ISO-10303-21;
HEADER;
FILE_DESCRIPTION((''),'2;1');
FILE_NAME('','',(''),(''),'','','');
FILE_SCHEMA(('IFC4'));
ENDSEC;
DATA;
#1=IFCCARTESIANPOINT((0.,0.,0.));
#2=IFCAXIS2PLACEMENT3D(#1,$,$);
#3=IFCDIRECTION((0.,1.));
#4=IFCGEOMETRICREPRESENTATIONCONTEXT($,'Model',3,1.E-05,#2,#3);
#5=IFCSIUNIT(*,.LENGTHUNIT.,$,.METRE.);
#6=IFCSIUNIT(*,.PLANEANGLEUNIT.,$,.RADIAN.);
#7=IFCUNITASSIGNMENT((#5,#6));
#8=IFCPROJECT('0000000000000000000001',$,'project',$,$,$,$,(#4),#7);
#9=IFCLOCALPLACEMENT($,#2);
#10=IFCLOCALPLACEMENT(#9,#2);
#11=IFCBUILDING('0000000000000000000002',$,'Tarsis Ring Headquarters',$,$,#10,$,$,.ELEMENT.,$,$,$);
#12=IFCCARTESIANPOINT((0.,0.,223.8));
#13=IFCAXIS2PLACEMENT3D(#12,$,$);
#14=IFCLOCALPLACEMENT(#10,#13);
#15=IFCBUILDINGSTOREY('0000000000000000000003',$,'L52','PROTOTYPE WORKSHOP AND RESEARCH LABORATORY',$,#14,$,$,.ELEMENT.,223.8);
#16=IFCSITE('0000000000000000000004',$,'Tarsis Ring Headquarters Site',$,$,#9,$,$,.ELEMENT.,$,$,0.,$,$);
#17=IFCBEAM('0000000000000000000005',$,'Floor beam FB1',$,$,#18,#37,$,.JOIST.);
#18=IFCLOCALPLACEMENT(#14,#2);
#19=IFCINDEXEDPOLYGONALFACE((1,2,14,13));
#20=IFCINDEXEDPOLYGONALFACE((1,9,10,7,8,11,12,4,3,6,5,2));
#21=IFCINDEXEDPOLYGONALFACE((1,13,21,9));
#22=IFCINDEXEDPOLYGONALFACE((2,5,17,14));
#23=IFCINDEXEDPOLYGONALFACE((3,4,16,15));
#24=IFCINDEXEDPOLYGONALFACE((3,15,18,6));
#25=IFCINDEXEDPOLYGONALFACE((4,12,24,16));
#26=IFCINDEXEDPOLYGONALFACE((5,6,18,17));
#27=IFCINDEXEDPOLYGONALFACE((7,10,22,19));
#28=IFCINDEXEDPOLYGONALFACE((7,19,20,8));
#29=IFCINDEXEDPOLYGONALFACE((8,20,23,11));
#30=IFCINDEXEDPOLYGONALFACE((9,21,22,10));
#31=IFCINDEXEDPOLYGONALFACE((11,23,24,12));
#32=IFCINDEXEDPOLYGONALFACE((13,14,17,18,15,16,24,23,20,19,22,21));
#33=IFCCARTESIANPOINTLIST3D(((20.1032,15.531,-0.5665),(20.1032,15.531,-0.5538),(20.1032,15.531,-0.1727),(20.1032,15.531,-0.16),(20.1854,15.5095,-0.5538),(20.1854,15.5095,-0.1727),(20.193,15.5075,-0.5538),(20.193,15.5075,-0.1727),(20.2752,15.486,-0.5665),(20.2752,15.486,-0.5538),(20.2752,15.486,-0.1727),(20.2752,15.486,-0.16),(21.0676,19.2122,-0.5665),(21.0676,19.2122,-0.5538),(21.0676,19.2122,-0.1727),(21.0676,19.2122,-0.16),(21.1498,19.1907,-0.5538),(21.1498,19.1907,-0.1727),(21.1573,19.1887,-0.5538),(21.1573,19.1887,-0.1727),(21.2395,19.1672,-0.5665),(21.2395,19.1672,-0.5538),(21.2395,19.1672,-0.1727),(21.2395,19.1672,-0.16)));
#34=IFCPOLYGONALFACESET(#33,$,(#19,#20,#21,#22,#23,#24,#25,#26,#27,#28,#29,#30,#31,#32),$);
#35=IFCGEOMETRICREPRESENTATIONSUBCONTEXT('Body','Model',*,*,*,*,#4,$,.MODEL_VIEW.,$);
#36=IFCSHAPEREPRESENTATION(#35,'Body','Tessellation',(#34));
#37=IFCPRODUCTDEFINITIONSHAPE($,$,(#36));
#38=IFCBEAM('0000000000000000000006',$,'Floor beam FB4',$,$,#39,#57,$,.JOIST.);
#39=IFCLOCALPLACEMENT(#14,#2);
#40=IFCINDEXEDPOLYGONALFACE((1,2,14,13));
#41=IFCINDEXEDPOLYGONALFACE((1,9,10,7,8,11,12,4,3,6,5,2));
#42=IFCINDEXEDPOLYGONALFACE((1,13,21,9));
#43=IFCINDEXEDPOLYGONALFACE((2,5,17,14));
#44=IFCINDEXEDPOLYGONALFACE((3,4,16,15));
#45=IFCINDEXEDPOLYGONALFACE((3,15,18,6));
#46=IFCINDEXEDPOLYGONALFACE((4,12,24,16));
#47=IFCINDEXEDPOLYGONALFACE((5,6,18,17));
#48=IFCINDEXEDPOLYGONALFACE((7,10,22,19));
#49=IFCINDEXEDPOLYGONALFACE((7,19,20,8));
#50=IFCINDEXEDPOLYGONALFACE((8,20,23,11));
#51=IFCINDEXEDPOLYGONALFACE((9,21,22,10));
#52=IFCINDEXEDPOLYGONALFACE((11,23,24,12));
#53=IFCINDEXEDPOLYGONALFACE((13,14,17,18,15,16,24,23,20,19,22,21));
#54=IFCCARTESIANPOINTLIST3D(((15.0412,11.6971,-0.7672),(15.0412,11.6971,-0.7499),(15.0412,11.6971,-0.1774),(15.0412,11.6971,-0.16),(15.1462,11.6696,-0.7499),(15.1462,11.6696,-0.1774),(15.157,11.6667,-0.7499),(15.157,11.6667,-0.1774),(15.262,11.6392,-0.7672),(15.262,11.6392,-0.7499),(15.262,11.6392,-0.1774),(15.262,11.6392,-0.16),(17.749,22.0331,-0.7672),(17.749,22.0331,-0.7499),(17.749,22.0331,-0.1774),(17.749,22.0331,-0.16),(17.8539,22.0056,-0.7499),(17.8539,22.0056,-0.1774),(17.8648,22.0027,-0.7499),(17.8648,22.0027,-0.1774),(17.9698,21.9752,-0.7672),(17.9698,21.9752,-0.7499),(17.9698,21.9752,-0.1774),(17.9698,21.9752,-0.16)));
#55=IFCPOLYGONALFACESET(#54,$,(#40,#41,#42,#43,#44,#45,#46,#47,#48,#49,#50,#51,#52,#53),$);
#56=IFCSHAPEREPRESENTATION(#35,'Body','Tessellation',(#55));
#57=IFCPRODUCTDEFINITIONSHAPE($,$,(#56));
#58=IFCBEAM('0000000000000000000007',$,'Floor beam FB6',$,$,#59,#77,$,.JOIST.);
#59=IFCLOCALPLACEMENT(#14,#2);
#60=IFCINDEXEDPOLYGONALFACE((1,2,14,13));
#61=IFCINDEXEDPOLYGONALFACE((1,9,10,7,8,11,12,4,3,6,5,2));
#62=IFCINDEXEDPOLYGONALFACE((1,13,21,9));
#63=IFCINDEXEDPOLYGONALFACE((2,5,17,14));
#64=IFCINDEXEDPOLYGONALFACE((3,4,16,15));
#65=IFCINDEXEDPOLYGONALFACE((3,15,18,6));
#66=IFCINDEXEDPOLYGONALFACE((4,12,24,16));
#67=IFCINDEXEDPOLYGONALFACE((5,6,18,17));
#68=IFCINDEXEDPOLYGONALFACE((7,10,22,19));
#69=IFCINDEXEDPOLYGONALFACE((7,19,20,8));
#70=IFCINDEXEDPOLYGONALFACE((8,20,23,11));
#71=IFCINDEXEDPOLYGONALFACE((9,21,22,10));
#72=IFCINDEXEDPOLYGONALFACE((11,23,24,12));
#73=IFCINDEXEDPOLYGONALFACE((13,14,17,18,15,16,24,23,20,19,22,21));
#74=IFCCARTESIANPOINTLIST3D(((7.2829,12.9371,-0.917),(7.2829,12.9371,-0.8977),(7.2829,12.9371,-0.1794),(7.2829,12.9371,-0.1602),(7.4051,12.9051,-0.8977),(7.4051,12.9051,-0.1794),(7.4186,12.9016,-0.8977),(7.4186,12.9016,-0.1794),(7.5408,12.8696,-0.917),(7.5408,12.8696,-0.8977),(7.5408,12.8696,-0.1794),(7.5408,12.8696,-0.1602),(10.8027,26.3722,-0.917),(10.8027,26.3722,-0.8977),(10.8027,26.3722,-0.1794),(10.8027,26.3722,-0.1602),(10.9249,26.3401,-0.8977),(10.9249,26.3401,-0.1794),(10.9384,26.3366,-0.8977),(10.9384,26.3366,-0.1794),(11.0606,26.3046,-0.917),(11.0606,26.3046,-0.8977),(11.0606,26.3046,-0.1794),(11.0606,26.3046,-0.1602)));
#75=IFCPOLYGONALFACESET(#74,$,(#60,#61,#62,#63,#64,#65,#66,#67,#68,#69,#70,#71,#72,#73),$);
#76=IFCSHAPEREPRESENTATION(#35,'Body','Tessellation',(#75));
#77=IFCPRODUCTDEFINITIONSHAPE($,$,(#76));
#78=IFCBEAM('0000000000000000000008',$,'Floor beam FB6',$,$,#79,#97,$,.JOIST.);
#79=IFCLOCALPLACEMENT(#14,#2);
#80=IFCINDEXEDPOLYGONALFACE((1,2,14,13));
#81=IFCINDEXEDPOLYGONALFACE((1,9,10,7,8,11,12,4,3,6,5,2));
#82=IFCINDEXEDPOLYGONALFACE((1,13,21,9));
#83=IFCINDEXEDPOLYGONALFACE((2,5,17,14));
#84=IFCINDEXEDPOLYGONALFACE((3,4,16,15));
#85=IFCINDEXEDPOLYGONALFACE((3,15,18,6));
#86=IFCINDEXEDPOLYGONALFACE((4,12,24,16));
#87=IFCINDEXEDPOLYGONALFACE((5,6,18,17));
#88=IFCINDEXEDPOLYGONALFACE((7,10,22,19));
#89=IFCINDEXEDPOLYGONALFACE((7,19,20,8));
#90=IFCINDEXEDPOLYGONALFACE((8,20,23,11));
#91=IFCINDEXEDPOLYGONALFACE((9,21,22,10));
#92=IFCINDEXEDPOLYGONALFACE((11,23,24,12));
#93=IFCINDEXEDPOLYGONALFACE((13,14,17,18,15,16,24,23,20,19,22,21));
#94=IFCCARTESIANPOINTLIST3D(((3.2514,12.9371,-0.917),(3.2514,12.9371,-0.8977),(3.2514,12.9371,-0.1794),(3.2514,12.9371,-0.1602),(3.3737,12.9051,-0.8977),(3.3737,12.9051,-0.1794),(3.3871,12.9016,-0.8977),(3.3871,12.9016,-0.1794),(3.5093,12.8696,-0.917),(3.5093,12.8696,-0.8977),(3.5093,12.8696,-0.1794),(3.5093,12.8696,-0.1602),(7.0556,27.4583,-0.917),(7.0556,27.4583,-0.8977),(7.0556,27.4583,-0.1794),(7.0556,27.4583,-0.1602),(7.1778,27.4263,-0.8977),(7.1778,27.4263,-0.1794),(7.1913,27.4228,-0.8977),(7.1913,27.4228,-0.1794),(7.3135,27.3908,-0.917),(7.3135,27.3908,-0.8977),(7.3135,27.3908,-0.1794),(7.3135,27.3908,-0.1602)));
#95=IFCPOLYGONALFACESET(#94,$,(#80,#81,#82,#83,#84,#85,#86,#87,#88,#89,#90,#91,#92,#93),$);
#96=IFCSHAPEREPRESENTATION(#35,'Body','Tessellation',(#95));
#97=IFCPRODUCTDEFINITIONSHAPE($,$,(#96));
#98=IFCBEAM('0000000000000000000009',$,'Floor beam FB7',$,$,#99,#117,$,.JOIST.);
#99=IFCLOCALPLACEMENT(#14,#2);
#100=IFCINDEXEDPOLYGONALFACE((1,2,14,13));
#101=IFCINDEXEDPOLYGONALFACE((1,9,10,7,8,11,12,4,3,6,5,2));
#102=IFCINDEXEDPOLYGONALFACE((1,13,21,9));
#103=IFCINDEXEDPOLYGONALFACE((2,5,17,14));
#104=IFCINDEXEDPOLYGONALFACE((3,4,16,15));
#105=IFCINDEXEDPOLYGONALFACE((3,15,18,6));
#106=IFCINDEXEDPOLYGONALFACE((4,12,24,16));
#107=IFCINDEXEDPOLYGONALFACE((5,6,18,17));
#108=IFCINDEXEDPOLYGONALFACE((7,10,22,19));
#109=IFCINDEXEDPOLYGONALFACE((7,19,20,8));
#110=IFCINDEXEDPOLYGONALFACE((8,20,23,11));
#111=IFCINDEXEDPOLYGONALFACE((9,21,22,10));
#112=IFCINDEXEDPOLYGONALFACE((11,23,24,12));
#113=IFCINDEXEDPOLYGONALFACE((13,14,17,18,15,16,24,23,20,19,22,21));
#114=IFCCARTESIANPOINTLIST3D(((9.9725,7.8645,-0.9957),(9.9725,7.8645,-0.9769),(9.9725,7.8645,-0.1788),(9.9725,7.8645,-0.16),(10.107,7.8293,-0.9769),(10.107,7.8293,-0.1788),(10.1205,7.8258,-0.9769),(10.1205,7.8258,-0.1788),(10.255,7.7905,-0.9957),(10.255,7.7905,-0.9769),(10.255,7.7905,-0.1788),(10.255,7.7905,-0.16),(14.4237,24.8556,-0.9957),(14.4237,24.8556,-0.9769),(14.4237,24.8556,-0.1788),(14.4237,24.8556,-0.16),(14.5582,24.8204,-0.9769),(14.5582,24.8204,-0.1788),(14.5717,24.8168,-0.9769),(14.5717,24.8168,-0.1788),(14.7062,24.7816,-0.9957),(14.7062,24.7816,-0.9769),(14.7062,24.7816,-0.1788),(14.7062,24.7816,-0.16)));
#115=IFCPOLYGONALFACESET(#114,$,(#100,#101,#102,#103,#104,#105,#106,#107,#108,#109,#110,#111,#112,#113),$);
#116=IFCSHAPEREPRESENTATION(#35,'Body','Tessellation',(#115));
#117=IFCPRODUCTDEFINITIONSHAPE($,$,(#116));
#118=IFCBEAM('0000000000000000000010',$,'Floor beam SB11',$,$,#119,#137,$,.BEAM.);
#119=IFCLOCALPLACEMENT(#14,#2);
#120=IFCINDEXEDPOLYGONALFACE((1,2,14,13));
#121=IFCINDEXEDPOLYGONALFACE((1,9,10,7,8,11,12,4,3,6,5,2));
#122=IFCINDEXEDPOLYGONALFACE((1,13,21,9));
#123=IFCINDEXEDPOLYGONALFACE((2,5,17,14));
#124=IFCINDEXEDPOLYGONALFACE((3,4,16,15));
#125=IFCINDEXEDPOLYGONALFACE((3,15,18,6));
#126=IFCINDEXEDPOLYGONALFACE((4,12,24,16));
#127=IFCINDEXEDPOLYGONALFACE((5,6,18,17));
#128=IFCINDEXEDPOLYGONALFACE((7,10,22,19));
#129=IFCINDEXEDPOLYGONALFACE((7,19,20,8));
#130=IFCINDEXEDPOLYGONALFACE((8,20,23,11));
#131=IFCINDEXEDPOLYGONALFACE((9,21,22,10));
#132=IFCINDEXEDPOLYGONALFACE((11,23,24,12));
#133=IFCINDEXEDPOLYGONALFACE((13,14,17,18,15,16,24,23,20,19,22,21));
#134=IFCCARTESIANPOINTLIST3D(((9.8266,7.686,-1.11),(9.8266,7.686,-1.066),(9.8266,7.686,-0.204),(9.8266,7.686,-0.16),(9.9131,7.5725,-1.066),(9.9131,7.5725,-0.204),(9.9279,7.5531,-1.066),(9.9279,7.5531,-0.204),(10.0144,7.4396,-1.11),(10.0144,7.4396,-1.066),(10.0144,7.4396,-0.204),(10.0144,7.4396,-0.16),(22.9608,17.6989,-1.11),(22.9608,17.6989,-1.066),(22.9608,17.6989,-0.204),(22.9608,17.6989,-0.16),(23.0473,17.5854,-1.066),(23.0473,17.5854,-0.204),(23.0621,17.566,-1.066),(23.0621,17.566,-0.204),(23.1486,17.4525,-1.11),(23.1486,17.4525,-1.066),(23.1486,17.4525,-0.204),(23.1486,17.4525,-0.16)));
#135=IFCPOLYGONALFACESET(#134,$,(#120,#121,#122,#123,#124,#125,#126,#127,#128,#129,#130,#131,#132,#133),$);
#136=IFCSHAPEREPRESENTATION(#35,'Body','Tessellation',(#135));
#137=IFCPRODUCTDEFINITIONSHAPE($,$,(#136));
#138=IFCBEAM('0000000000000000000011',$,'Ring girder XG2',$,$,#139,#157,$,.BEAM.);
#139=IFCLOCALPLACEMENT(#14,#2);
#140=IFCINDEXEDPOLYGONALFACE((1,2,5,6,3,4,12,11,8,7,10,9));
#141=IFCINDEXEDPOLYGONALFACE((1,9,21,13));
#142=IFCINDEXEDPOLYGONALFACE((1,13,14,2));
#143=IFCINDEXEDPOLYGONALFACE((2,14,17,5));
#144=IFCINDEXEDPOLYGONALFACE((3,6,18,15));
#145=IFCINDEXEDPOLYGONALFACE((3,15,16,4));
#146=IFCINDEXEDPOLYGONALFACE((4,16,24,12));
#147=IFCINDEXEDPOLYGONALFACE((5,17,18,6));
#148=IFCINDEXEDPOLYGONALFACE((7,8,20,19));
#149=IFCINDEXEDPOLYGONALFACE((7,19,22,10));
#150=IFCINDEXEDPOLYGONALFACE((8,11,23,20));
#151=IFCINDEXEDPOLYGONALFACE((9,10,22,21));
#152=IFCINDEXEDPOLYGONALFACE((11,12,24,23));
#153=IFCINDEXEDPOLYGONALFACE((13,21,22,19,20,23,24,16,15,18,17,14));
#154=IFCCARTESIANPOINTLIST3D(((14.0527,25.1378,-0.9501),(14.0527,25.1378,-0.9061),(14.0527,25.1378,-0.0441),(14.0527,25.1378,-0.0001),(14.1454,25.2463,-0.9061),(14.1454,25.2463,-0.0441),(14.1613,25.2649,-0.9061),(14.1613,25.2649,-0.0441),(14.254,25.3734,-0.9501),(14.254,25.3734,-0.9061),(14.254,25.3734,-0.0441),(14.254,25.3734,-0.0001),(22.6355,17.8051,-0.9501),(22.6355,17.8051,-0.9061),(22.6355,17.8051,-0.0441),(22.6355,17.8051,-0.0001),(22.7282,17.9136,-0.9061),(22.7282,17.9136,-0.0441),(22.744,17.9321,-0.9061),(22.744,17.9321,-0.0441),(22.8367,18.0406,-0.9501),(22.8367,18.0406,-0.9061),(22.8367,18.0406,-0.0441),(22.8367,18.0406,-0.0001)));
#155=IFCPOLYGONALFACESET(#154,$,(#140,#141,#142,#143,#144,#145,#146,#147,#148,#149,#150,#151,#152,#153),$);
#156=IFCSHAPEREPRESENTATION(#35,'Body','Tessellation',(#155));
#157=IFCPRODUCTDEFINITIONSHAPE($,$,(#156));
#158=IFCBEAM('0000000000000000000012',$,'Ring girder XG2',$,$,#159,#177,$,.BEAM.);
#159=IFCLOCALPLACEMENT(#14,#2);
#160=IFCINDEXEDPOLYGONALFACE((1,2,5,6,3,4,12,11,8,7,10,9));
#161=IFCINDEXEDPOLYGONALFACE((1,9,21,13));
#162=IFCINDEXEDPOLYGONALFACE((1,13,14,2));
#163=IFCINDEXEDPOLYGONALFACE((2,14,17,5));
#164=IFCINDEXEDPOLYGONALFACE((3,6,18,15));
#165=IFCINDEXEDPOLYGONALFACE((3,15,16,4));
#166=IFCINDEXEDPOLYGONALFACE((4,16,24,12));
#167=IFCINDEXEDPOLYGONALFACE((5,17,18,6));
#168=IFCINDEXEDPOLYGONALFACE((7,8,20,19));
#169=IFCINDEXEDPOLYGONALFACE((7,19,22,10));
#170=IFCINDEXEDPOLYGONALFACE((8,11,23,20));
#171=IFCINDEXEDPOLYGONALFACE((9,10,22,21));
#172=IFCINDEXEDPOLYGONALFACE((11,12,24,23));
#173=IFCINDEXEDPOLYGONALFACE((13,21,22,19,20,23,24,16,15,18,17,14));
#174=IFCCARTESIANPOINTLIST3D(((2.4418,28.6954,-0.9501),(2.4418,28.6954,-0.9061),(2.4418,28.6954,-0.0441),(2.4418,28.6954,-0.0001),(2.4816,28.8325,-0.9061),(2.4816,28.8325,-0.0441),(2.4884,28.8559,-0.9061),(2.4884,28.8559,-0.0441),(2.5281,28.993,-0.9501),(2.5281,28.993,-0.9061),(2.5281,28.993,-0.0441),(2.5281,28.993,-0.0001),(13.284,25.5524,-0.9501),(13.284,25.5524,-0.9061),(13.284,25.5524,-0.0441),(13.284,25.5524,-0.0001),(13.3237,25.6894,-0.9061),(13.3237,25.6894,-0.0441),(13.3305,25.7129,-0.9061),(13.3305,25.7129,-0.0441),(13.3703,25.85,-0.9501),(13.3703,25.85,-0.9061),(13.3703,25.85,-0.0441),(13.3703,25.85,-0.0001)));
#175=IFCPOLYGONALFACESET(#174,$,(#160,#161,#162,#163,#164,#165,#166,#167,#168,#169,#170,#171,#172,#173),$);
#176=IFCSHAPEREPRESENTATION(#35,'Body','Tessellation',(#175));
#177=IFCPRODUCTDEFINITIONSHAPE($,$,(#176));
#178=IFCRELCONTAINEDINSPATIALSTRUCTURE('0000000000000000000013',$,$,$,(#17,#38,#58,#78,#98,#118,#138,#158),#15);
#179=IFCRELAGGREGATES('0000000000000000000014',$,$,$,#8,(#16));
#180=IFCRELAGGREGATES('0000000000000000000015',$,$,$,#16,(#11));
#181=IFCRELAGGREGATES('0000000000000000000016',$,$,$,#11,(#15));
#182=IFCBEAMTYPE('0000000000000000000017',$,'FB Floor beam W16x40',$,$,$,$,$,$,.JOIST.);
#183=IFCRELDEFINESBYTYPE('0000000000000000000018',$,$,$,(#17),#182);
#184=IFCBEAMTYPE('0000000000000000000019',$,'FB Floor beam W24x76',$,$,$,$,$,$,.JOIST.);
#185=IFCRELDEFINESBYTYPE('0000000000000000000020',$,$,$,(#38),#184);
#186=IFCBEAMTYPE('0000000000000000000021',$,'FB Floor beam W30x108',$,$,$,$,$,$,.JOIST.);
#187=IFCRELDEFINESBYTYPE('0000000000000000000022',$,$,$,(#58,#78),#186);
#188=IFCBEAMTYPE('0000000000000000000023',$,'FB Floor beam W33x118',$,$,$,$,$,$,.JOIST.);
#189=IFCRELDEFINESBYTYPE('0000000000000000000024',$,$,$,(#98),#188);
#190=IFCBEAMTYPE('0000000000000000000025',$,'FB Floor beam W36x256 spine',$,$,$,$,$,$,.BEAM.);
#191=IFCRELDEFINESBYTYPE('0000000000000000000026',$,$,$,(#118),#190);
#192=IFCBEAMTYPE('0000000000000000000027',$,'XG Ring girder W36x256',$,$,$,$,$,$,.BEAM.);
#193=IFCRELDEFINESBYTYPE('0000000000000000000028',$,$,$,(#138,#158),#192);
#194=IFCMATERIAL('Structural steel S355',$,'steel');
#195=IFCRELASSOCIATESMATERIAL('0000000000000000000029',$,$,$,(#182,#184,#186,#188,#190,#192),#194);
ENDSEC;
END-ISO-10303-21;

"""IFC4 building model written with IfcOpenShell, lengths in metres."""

from ifc_helpers import new_model, si_unit, direction, frame, origin, origin_2d, place, context, subcontext, project, spatial, i_section, extrude, material, material_profile, profile_set, type_object, element, save


model = new_model("IFC4")

# Units and contexts
model_context = context("Model", 3, precision=1e-05, world=origin(), true_north=direction((0.0, 1.0)))
body_context = subcontext(model_context, "Body", "Model", "MODEL_VIEW")
ifc_project = project(units=[si_unit("LENGTHUNIT", "METRE"), si_unit("PLANEANGLEUNIT", "RADIAN")], contexts=[model_context])

# Site, building, storey
site_placement = place(None, origin())
site = spatial("IfcSite", under=ifc_project, at=site_placement, Name="Tarsis Ring Headquarters Site", CompositionType="ELEMENT", RefElevation=0.0)
building_placement = place(site_placement, origin())
building = spatial("IfcBuilding", under=site, at=building_placement, Name="Tarsis Ring Headquarters", CompositionType="ELEMENT")
storey_placement = place(building_placement, frame((0.0, 0.0, 223.8)))
storey = spatial("IfcBuildingStorey", under=building, at=storey_placement, Name="L52", Description="PROTOTYPE WORKSHOP AND RESEARCH LABORATORY", CompositionType="ELEMENT", Elevation=223.8)

# Shared definitions
ifc_material_1 = material(Name="Structural steel S355", Category="steel")

# Beams
ifc_material_profile_1 = material_profile(ifc_material_1, i_section(OverallWidth=0.1777, OverallDepth=0.4065, WebThickness=0.0078, FlangeThickness=0.0127, at=origin_2d()), Name="W16x40")
ifc_profile_set_1 = profile_set([ifc_material_profile_1], Name="Structural steel S355")
beam_type_1 = type_object("IfcBeamType", Name="FB Floor beam W16x40", PredefinedType="JOIST", material=ifc_profile_set_1)
beam_1_placement = place(storey_placement, frame((21.1536, 19.1897, -0.3633), z_axis=(-0.253419, -0.967356, 0.0), x_axis=(0.967356, -0.253419, 0.0)))
element("IfcBeam", 1, at=beam_1_placement, inside=storey, type_object=beam_type_1, Name="Floor beam FB1", PredefinedType="JOIST", context=body_context, shape_type="SweptSolid", body=[
    extrude(i_section(OverallWidth=0.1777, OverallDepth=0.4065, WebThickness=0.0078, FlangeThickness=0.0127, at=origin_2d()), origin(), (0.0, 0.0, 1.0), 3.8054),
])
ifc_material_profile_2 = material_profile(ifc_material_1, i_section(OverallWidth=0.2283, OverallDepth=0.6072, WebThickness=0.0112, FlangeThickness=0.0173, at=origin_2d()), Name="W24x76")
ifc_profile_set_2 = profile_set([ifc_material_profile_2], Name="Structural steel S355")
beam_type_2 = type_object("IfcBeamType", Name="FB Floor beam W24x76", PredefinedType="JOIST", material=ifc_profile_set_2)
beam_2_placement = place(storey_placement, frame((17.8594, 22.0042, -0.4636), z_axis=(-0.253424, -0.967355, 0.0), x_axis=(0.967355, -0.253424, 0.0)))
element("IfcBeam", 2, at=beam_2_placement, inside=storey, type_object=beam_type_2, Name="Floor beam FB4", PredefinedType="JOIST", context=body_context, shape_type="SweptSolid", body=[
    extrude(i_section(OverallWidth=0.2283, OverallDepth=0.6072, WebThickness=0.0112, FlangeThickness=0.0173, at=origin_2d()), origin(), (0.0, 0.0, 1.0), 10.6848),
])
ifc_material_profile_3 = material_profile(ifc_material_1, i_section(OverallWidth=0.2666, OverallDepth=0.7568, WebThickness=0.0139, FlangeThickness=0.0193, at=origin_2d()), Name="W30x108")
ifc_profile_set_3 = profile_set([ifc_material_profile_3], Name="Structural steel S355")
beam_type_3 = type_object("IfcBeamType", Name="FB Floor beam W30x108", PredefinedType="JOIST", material=ifc_profile_set_3)
beam_3_placement = place(storey_placement, frame((10.9316, 26.3384, -0.5386), z_axis=(-0.253431, -0.967353, 0.0), x_axis=(0.967353, -0.253431, 0.0)))
element("IfcBeam", 3, at=beam_3_placement, inside=storey, type_object=beam_type_3, Name="Floor beam FB6", PredefinedType="JOIST", context=body_context, shape_type="SweptSolid", body=[
    extrude(i_section(OverallWidth=0.2666, OverallDepth=0.7568, WebThickness=0.0139, FlangeThickness=0.0193, at=origin_2d()), origin(), (0.0, 0.0, 1.0), 13.8884),
])
beam_4_placement = place(storey_placement, frame((7.1846, 27.4246, -0.5386), z_axis=(-0.253423, -0.967356, 0.0), x_axis=(0.967356, -0.253423, 0.0)))
element("IfcBeam", 4, at=beam_4_placement, inside=storey, type_object=beam_type_3, Name="Floor beam FB6", PredefinedType="JOIST", context=body_context, shape_type="SweptSolid", body=[
    extrude(i_section(OverallWidth=0.2666, OverallDepth=0.7568, WebThickness=0.0139, FlangeThickness=0.0193, at=origin_2d()), origin(), (0.0, 0.0, 1.0), 15.0112),
])
ifc_material_profile_4 = material_profile(ifc_material_1, i_section(OverallWidth=0.292, OverallDepth=0.8357, WebThickness=0.0139, FlangeThickness=0.0188, at=origin_2d()), Name="W33x118")
ifc_profile_set_4 = profile_set([ifc_material_profile_4], Name="Structural steel S355")
beam_type_4 = type_object("IfcBeamType", Name="FB Floor beam W33x118", PredefinedType="JOIST", material=ifc_profile_set_4)
beam_5_placement = place(storey_placement, frame((14.5649, 24.8186, -0.5779), z_axis=(-0.253421, -0.967356, 0.0), x_axis=(0.967356, -0.253421, 0.0)))
element("IfcBeam", 5, at=beam_5_placement, inside=storey, type_object=beam_type_4, Name="Floor beam FB7", PredefinedType="JOIST", context=body_context, shape_type="SweptSolid", body=[
    extrude(i_section(OverallWidth=0.292, OverallDepth=0.8357, WebThickness=0.0139, FlangeThickness=0.0188, at=origin_2d()), origin(), (0.0, 0.0, 1.0), 17.5645),
])
ifc_material_profile_5 = material_profile(ifc_material_1, i_section(OverallWidth=0.3098, OverallDepth=0.95, WebThickness=0.0244, FlangeThickness=0.0439, at=origin_2d()), Name="W36x256")
ifc_profile_set_5 = profile_set([ifc_material_profile_5], Name="Structural steel S355")
beam_type_5 = type_object("IfcBeamType", Name="FB Floor beam W36x256 spine", PredefinedType="BEAM", material=ifc_profile_set_5)
beam_6_placement = place(storey_placement, frame((23.0547, 17.5757, -0.635), z_axis=(-0.79526, -0.606268, 0.0), x_axis=(0.606268, -0.79526, 0.0)))
element("IfcBeam", 6, at=beam_6_placement, inside=storey, type_object=beam_type_5, Name="Floor beam SB11", PredefinedType="BEAM", context=body_context, shape_type="SweptSolid", body=[
    extrude(i_section(OverallWidth=0.3098, OverallDepth=0.95, WebThickness=0.0244, FlangeThickness=0.0439, at=origin_2d()), origin(), (0.0, 0.0, 1.0), 16.5156),
])
beam_type_6 = type_object("IfcBeamType", Name="XG Ring girder W36x256", PredefinedType="BEAM", material=ifc_profile_set_5)
for number, where, z_axis, x_axis, name in (
    (7, (22.7361, 17.9229, -0.4751), (-0.760301, 0.649571, 0.0), (-0.649571, -0.760301, 0.0), "Ring girder XG2"),
    (8, (13.3271, 25.7012, -0.4751), (-0.960457, 0.278427, 0.0), (-0.278427, -0.960457, 0.0), "Ring girder XG2"),
):
    element("IfcBeam", number, at=place(storey_placement, frame(where, z_axis=z_axis, x_axis=x_axis)), inside=storey, type_object=beam_type_6, Name=name, PredefinedType="BEAM", context=body_context, shape_type="SweptSolid", body=[
        extrude(i_section(OverallWidth=0.3098, OverallDepth=0.95, WebThickness=0.0244, FlangeThickness=0.0439, at=origin_2d()), origin(), (0.0, 0.0, 1.0), 11.2886),
    ])

save(model, "model.ifc")
